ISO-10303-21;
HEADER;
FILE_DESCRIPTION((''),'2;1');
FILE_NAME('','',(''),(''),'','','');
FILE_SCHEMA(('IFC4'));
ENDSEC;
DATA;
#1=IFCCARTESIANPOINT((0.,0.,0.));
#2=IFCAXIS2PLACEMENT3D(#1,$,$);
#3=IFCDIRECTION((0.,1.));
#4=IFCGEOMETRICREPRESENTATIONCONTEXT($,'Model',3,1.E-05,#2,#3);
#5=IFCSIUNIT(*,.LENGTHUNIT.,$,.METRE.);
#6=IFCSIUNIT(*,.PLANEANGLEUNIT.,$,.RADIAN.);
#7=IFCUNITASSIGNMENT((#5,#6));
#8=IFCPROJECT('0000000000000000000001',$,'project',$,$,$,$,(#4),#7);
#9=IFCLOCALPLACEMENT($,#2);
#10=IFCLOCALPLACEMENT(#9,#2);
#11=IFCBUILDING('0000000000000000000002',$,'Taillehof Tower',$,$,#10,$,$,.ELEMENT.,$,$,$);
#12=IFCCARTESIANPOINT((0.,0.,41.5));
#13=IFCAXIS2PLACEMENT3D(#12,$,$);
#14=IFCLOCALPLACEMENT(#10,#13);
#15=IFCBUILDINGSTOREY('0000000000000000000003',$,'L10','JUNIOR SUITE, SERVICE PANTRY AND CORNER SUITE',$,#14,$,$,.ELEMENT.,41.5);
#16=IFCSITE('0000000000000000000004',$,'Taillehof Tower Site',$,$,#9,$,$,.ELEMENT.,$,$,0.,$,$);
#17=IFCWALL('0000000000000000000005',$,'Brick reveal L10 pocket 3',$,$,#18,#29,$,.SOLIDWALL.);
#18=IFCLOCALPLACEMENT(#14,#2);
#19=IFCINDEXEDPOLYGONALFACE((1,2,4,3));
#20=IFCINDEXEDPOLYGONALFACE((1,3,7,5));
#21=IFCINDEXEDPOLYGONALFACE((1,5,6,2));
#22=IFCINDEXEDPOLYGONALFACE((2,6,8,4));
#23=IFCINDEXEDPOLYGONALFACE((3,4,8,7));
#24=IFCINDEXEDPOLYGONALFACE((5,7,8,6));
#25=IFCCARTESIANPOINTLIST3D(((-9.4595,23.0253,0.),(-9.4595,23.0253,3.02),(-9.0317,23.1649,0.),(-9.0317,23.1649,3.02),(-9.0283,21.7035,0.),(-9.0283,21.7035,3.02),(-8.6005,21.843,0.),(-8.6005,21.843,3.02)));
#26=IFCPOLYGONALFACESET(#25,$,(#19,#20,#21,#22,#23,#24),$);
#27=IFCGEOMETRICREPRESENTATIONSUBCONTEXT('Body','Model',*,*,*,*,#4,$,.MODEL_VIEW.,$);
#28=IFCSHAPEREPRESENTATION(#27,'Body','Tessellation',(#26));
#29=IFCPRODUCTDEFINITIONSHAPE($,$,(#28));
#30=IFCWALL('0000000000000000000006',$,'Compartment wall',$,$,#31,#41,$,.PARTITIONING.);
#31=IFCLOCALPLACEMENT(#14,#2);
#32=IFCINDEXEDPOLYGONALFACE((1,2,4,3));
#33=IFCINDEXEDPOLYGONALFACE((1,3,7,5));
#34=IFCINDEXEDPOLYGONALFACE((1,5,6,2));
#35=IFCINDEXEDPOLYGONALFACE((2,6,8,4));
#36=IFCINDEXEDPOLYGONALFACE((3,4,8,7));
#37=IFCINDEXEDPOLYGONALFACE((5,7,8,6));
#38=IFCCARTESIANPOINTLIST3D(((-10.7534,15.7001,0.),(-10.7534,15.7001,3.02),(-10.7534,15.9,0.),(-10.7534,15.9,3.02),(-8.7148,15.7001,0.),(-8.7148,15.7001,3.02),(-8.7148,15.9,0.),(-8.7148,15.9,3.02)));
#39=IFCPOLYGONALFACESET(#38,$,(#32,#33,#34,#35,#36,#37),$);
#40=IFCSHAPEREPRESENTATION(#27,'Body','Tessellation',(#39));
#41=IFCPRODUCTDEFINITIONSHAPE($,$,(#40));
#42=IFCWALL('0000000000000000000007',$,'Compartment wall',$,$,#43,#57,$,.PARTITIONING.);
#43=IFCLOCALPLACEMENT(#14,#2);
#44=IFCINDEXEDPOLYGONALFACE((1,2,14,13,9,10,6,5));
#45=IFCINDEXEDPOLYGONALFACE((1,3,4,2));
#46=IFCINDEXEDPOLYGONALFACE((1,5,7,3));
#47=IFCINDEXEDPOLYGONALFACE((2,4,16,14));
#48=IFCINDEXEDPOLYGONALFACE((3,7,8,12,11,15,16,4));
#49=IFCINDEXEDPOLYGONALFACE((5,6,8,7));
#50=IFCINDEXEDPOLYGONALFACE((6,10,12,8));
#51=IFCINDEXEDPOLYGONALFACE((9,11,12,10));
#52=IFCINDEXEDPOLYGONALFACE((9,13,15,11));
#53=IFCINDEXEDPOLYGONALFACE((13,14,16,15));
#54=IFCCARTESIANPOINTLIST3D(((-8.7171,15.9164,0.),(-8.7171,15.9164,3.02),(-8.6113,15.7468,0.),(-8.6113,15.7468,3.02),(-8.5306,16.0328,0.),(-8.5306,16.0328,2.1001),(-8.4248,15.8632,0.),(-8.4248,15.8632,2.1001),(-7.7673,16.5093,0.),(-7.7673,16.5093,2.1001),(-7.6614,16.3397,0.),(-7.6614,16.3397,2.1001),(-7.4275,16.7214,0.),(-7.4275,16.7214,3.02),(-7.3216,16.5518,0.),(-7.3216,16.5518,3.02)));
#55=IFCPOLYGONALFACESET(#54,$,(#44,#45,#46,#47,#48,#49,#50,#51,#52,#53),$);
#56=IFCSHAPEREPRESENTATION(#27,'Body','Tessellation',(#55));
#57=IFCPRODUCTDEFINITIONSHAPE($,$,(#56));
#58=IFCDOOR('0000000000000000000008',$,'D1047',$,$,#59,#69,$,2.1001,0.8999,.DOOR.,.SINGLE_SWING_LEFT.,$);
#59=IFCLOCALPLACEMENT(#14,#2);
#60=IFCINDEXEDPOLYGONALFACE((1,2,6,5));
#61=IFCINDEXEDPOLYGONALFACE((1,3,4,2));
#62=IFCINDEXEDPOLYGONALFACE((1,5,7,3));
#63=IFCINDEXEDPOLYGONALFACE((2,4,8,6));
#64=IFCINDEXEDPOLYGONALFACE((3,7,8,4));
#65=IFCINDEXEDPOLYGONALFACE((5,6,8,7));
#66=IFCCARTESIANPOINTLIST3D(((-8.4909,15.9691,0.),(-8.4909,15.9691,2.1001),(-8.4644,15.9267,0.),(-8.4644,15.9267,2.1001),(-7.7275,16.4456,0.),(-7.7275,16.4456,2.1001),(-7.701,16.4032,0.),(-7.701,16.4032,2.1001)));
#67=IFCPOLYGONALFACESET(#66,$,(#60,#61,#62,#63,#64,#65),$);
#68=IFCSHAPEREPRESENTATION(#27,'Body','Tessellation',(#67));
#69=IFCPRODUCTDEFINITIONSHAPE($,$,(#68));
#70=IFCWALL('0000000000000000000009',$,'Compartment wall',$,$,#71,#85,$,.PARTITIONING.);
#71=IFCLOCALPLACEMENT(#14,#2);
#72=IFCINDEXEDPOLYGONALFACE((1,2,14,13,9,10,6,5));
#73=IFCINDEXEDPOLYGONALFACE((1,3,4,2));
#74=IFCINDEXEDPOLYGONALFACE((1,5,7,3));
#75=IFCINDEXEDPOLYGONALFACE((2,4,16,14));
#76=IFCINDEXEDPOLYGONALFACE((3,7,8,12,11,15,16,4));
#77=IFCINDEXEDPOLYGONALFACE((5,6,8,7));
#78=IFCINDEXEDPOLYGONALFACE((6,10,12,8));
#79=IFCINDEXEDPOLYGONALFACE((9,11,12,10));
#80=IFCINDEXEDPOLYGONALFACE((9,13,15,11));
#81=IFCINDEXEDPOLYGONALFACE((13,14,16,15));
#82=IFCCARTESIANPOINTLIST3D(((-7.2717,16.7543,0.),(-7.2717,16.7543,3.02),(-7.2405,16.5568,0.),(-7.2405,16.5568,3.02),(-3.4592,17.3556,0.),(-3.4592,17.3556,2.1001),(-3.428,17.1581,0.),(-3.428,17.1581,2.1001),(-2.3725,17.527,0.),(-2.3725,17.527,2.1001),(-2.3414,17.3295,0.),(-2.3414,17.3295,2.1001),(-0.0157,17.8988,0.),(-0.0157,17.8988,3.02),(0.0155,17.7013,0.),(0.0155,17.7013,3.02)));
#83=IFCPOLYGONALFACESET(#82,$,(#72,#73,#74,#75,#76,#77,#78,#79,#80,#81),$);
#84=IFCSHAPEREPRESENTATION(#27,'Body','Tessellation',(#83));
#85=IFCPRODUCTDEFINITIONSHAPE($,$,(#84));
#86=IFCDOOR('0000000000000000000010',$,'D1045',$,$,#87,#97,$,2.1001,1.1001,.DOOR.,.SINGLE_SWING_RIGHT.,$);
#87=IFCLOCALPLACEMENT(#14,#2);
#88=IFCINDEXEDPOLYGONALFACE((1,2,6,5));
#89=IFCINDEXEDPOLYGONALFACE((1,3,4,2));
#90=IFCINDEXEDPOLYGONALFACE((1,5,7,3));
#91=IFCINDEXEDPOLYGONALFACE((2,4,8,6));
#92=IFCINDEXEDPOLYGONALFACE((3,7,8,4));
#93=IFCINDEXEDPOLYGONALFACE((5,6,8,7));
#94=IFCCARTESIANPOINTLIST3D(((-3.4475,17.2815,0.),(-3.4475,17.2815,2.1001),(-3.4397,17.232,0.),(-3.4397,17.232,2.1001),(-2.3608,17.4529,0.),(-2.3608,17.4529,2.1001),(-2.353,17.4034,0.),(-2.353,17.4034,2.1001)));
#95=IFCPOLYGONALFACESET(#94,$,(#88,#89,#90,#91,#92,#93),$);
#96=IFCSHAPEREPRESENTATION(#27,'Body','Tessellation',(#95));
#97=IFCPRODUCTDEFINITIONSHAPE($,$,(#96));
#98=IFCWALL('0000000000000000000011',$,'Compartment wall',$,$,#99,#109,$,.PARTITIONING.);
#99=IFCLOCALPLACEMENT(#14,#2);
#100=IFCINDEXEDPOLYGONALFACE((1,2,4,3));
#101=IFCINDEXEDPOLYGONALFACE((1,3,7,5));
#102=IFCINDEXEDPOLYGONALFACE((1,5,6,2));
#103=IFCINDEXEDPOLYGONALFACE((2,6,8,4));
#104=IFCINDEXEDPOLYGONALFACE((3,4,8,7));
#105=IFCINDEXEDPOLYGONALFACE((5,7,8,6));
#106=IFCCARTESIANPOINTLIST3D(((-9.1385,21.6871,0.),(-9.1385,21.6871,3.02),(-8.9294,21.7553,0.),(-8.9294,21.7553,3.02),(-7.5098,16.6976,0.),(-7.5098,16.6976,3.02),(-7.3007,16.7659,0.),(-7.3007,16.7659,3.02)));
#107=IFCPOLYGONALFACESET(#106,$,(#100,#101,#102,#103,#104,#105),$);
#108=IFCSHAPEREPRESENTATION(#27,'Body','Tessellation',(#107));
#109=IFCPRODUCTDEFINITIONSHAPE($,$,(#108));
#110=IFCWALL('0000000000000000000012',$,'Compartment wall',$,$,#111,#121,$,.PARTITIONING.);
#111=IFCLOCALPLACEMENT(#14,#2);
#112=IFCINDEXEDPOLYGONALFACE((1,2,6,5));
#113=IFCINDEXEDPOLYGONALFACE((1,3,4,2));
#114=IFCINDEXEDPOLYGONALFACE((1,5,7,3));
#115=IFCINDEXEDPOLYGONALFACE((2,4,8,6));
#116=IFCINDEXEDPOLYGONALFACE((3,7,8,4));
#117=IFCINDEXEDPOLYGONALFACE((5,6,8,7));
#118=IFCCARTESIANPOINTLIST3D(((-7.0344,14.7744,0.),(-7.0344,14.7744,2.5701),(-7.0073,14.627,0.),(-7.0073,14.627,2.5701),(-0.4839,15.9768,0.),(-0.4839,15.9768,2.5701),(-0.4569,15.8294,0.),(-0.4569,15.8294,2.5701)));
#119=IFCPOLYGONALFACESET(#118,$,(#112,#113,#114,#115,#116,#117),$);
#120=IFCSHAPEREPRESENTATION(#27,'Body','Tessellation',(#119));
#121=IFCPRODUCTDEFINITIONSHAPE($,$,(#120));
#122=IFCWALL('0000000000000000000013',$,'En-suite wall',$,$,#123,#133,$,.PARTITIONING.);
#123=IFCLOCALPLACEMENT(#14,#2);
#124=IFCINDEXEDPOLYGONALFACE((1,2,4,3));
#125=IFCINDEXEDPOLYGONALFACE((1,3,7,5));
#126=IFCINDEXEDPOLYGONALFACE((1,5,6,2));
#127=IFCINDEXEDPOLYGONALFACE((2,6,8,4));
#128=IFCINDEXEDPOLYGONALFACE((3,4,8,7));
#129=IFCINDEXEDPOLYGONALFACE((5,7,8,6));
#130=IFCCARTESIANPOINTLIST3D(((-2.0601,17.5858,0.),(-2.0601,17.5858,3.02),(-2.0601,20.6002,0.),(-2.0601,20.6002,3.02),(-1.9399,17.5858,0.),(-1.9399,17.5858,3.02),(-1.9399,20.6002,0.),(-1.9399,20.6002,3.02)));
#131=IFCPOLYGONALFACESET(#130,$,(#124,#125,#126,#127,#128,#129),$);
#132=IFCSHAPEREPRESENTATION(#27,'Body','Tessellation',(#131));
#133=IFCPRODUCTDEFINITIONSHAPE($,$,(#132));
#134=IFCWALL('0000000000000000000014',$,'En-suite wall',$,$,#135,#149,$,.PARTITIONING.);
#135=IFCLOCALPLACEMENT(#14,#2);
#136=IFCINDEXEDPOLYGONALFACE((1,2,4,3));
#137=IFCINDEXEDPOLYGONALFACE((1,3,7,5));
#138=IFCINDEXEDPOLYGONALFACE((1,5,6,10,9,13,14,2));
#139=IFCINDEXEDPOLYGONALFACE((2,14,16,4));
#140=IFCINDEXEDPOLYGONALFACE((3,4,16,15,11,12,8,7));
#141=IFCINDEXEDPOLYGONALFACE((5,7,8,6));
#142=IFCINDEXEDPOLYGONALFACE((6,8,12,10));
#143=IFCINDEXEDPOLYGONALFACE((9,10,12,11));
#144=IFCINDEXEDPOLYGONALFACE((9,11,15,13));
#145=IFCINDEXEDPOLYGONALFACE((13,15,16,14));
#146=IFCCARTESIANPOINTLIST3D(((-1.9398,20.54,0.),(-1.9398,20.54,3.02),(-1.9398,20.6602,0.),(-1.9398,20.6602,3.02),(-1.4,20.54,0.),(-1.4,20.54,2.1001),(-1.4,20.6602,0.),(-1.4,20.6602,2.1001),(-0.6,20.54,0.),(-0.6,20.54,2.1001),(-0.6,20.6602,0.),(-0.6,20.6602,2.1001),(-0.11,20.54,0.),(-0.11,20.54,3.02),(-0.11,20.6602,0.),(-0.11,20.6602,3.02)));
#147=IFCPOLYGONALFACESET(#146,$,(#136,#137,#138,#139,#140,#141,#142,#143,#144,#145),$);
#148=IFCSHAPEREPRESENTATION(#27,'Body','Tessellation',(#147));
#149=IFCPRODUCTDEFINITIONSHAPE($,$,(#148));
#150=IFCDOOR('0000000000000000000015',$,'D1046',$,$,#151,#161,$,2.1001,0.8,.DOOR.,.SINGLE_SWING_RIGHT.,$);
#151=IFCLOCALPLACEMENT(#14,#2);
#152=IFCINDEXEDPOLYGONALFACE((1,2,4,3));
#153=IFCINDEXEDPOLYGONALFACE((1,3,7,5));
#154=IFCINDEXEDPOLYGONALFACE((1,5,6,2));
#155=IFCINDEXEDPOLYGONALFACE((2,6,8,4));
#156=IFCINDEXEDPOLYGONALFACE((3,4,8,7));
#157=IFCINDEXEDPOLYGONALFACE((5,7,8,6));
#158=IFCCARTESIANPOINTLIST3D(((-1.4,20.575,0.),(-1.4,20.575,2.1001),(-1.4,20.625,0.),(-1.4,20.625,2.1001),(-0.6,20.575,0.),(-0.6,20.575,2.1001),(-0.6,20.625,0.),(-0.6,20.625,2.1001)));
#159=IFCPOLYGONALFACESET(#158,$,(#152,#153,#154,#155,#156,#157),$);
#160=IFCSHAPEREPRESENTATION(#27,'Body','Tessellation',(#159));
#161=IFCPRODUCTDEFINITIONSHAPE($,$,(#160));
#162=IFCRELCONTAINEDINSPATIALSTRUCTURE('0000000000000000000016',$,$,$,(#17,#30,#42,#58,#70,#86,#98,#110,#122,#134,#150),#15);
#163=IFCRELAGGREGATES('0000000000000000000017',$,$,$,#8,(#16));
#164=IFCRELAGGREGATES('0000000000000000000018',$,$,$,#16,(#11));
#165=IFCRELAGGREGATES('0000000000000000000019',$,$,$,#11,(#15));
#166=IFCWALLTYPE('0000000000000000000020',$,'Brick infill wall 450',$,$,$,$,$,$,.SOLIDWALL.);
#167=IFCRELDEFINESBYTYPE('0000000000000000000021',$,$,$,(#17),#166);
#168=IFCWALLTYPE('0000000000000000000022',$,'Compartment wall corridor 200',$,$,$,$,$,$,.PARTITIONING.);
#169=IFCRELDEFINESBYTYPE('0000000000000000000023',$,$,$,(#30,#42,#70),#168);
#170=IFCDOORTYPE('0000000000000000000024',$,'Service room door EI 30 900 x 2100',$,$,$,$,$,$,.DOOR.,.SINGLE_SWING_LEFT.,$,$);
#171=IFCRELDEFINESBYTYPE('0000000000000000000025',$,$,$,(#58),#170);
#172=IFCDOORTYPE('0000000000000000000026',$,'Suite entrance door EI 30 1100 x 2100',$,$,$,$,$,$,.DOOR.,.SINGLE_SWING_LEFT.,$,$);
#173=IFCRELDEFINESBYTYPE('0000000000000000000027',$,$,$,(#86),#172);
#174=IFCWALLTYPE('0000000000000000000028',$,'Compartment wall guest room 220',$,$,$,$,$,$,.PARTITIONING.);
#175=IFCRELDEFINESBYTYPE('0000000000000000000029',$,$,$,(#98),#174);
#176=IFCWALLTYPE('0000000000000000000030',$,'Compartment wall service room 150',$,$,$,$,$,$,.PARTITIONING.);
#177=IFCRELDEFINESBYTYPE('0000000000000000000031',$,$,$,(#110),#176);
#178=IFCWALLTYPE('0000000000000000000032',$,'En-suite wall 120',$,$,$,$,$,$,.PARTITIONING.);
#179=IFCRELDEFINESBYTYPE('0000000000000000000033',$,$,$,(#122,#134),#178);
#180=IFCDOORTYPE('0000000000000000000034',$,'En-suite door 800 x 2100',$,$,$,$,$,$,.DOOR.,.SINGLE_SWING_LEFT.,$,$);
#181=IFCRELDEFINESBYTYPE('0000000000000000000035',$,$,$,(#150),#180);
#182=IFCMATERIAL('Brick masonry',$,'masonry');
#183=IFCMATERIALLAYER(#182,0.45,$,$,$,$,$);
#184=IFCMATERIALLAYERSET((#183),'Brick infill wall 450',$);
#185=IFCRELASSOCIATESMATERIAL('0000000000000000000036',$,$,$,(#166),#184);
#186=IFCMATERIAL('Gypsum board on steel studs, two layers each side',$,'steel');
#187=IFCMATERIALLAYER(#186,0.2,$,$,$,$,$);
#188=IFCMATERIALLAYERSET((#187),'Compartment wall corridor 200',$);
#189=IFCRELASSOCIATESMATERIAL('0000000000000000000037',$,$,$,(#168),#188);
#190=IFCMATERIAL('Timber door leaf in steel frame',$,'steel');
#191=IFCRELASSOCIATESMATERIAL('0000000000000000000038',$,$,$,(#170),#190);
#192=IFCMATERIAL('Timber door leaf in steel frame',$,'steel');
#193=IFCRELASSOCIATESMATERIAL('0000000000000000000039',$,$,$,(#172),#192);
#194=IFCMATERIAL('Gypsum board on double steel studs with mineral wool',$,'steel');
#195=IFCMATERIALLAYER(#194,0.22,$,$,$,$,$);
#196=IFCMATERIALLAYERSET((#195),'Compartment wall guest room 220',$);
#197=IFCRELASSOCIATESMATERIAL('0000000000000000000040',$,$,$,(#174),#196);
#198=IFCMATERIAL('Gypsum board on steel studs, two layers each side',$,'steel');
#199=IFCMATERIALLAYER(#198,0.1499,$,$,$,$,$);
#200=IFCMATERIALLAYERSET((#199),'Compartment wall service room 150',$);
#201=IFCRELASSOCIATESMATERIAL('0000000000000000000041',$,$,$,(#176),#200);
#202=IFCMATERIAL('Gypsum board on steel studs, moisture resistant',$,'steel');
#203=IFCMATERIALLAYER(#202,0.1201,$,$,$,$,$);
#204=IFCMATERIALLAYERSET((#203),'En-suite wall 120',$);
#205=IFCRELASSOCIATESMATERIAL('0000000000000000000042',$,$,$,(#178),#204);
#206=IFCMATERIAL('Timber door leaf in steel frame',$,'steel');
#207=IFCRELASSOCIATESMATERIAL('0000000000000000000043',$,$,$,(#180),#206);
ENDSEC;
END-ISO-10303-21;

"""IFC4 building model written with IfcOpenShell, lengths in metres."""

from ifc_helpers import new_model, si_unit, direction, frame, frame_2d, origin, place, context, subcontext, project, spatial, rectangle, extrude, material, layer, layer_set, type_object, element, fill, save


model = new_model("IFC4")

# Units and contexts
model_context = context("Model", 3, precision=1e-05, world=origin(), true_north=direction((0.0, 1.0)))
body_context = subcontext(model_context, "Body", "Model", "MODEL_VIEW")
ifc_project = project(units=[si_unit("LENGTHUNIT", "METRE"), si_unit("PLANEANGLEUNIT", "RADIAN")], contexts=[model_context])

# Site, building, storey
site_placement = place(None, origin())
site = spatial("IfcSite", under=ifc_project, at=site_placement, Name="Taillehof Tower Site", CompositionType="ELEMENT", RefElevation=0.0)
building_placement = place(site_placement, origin())
building = spatial("IfcBuilding", under=site, at=building_placement, Name="Taillehof Tower", CompositionType="ELEMENT")
storey_placement = place(building_placement, frame((0.0, 0.0, 41.5)))
storey = spatial("IfcBuildingStorey", under=building, at=storey_placement, Name="L10", Description="JUNIOR SUITE, SERVICE PANTRY AND CORNER SUITE", CompositionType="ELEMENT", Elevation=41.5)

# Shared definitions
ifc_material_1 = material(Name="Brick masonry", Category="masonry")
ifc_layer_1 = layer(ifc_material_1, 0.45)
ifc_layer_set_1 = layer_set([ifc_layer_1], Name="Brick infill wall 450")
wall_type_1 = type_object("IfcWallType", Name="Brick infill wall 450", PredefinedType="SOLIDWALL", material=ifc_layer_set_1)

# Wall
wall_1_placement = place(storey_placement, frame((-9.2456, 23.0952, 0.0), z_axis=(0.0, 0.0, 1.0), x_axis=(0.31011, -0.950701, 0.0)))
element("IfcWall", 1, at=wall_1_placement, inside=storey, type_object=wall_type_1, Name="Brick reveal L10 pocket 3", PredefinedType="SOLIDWALL", context=body_context, shape_type="SweptSolid", body=[
    extrude(rectangle(XDim=1.3904, YDim=0.45, at=frame_2d((0.6953, 0.0))), origin(), (0.0, 0.0, 1.0), 3.02),
])

# Wall
ifc_material_2 = material(Name="Gypsum board on steel studs, two layers each side", Category="steel")
ifc_layer_2 = layer(ifc_material_2, 0.2)
ifc_layer_set_2 = layer_set([ifc_layer_2], Name="Compartment wall corridor 200")
wall_type_2 = type_object("IfcWallType", Name="Compartment wall corridor 200", PredefinedType="PARTITIONING", material=ifc_layer_set_2)
wall_2_placement = place(storey_placement, frame((-10.7534, 15.8, 0.0), z_axis=(0.0, 0.0, 1.0), x_axis=(1.0, 0.0, 0.0)))
element("IfcWall", 2, at=wall_2_placement, inside=storey, type_object=wall_type_2, Name="Compartment wall", PredefinedType="PARTITIONING", context=body_context, shape_type="SweptSolid", body=[
    extrude(rectangle(XDim=2.0386, YDim=0.2, at=frame_2d((1.0193, 0.0))), origin(), (0.0, 0.0, 1.0), 3.02),
])

# Walls, openings, doors
wall_3_placement = place(storey_placement, frame((-8.6643, 15.8315, 0.0), z_axis=(0.0, 0.0, 1.0), x_axis=(0.848305, 0.529508, 0.0)))
wall_3 = element("IfcWall", 3, at=wall_3_placement, inside=storey, type_object=wall_type_2, Name="Compartment wall", PredefinedType="PARTITIONING", context=body_context, shape_type="SweptSolid", body=[
    extrude(rectangle(XDim=1.5203, YDim=0.2, at=frame_2d((0.7603, 0.0))), origin(), (0.0, 0.0, 1.0), 3.02),
])
opening_1_placement = place(wall_3_placement, frame((0.22, 0.0, 0.0)))
opening_1 = element("IfcOpeningElement", 4, at=opening_1_placement, cuts=wall_3, PredefinedType="OPENING", context=body_context, shape_type="SweptSolid", body=[
    extrude(rectangle(XDim=0.8999, YDim=2.1001, at=frame_2d((0.45, 1.05))), frame((0.0, 0.1099, 0.0), z_axis=(0.0, -1.0, 0.0), x_axis=(1.0, 0.0, 0.0)), (0.0, 0.0, 1.0), 0.22),
])
ifc_material_3 = material(Name="Timber door leaf in steel frame", Category="steel")
door_type_1 = type_object("IfcDoorType", Name="Service room door EI 30 900 x 2100", OperationType="SINGLE_SWING_LEFT", PredefinedType="DOOR", material=ifc_material_3)
door_1_placement = place(opening_1_placement, origin())
door_1 = element("IfcDoor", 5, at=door_1_placement, inside=storey, type_object=door_type_1, Name="D1047", OperationType="SINGLE_SWING_LEFT", OverallHeight=2.1001, OverallWidth=0.8999, PredefinedType="DOOR", context=body_context, shape_type="SweptSolid", body=[
    extrude(rectangle(XDim=0.8999, YDim=2.1001, at=frame_2d((0.45, 1.05))), frame((0.0, 0.0249, 0.0), z_axis=(0.0, -1.0, 0.0), x_axis=(1.0, 0.0, 0.0)), (0.0, 0.0, 1.0), 0.05),
])
fill(opening_1, door_1)
wall_4_placement = place(storey_placement, frame((-7.2561, 16.6555, 0.0), z_axis=(0.0, 0.0, 1.0), x_axis=(0.987787, 0.155807, 0.0)))
wall_4 = element("IfcWall", 6, at=wall_4_placement, inside=storey, type_object=wall_type_2, Name="Compartment wall", PredefinedType="PARTITIONING", context=body_context, shape_type="SweptSolid", body=[
    extrude(rectangle(XDim=7.3457, YDim=0.2, at=frame_2d((3.6729, 0.0))), origin(), (0.0, 0.0, 1.0), 3.02),
])
opening_2_placement = place(wall_4_placement, frame((3.8596, 0.0, 0.0)))
opening_2 = element("IfcOpeningElement", 7, at=opening_2_placement, cuts=wall_4, PredefinedType="OPENING", context=body_context, shape_type="SweptSolid", body=[
    extrude(rectangle(XDim=1.1001, YDim=2.1001, at=frame_2d((0.55, 1.05))), frame((0.0, 0.1099, 0.0), z_axis=(0.0, -1.0, 0.0), x_axis=(1.0, 0.0, 0.0)), (0.0, 0.0, 1.0), 0.22),
])
ifc_material_4 = material(Name="Timber door leaf in steel frame", Category="steel")
door_type_2 = type_object("IfcDoorType", Name="Suite entrance door EI 30 1100 x 2100", OperationType="SINGLE_SWING_LEFT", PredefinedType="DOOR", material=ifc_material_4)
door_2_placement = place(opening_2_placement, origin())
door_2 = element("IfcDoor", 8, at=door_2_placement, inside=storey, type_object=door_type_2, Name="D1045", OperationType="SINGLE_SWING_RIGHT", OverallHeight=2.1001, OverallWidth=1.1001, PredefinedType="DOOR", context=body_context, shape_type="SweptSolid", body=[
    extrude(rectangle(XDim=1.1001, YDim=2.1001, at=frame_2d((0.55, 1.05))), frame((0.0, 0.0249, 0.0), z_axis=(0.0, -1.0, 0.0), x_axis=(1.0, 0.0, 0.0)), (0.0, 0.0, 1.0), 0.05),
])
fill(opening_2, door_2)

# Walls
ifc_material_5 = material(Name="Gypsum board on double steel studs with mineral wool", Category="steel")
ifc_layer_3 = layer(ifc_material_5, 0.22)
ifc_layer_set_3 = layer_set([ifc_layer_3], Name="Compartment wall guest room 220")
wall_type_3 = type_object("IfcWallType", Name="Compartment wall guest room 220", PredefinedType="PARTITIONING", material=ifc_layer_set_3)
wall_5_placement = place(storey_placement, frame((-9.0339, 21.7212, 0.0), z_axis=(0.0, 0.0, 1.0), x_axis=(0.310305, -0.950637, 0.0)))
element("IfcWall", 9, at=wall_5_placement, inside=storey, type_object=wall_type_3, Name="Compartment wall", PredefinedType="PARTITIONING", context=body_context, shape_type="SweptSolid", body=[
    extrude(rectangle(XDim=5.2485, YDim=0.22, at=frame_2d((2.6243, 0.0))), origin(), (0.0, 0.0, 1.0), 3.02),
])
ifc_material_6 = material(Name="Gypsum board on steel studs, two layers each side", Category="steel")
ifc_layer_4 = layer(ifc_material_6, 0.1499)
ifc_layer_set_4 = layer_set([ifc_layer_4], Name="Compartment wall service room 150")
wall_type_4 = type_object("IfcWallType", Name="Compartment wall service room 150", PredefinedType="PARTITIONING", material=ifc_layer_set_4)
wall_6_placement = place(storey_placement, frame((-7.021, 14.7007, 0.0), z_axis=(0.0, 0.0, 1.0), x_axis=(0.983568, 0.18054, 0.0)))
element("IfcWall", 10, at=wall_6_placement, inside=storey, type_object=wall_type_4, Name="Compartment wall", PredefinedType="PARTITIONING", context=body_context, shape_type="SweptSolid", body=[
    extrude(rectangle(XDim=6.6599, YDim=0.1499, at=frame_2d((3.3301, 0.0))), origin(), (0.0, 0.0, 1.0), 2.5701),
])
ifc_material_7 = material(Name="Gypsum board on steel studs, moisture resistant", Category="steel")
ifc_layer_5 = layer(ifc_material_7, 0.1201)
ifc_layer_set_5 = layer_set([ifc_layer_5], Name="En-suite wall 120")
wall_type_5 = type_object("IfcWallType", Name="En-suite wall 120", PredefinedType="PARTITIONING", material=ifc_layer_set_5)
wall_7_placement = place(storey_placement, frame((-2.0, 17.5857, 0.0), z_axis=(0.0, 0.0, 1.0), x_axis=(0.0, 1.0, 0.0)))
element("IfcWall", 11, at=wall_7_placement, inside=storey, type_object=wall_type_5, Name="En-suite wall", PredefinedType="PARTITIONING", context=body_context, shape_type="SweptSolid", body=[
    extrude(rectangle(XDim=3.0144, YDim=0.1201, at=frame_2d((1.5073, 0.0))), origin(), (0.0, 0.0, 1.0), 3.02),
])

# Wall, opening, door
wall_8_placement = place(storey_placement, frame((-1.9399, 20.6001, 0.0), z_axis=(0.0, 0.0, 1.0), x_axis=(1.0, 0.0, 0.0)))
wall_8 = element("IfcWall", 12, at=wall_8_placement, inside=storey, type_object=wall_type_5, Name="En-suite wall", PredefinedType="PARTITIONING", context=body_context, shape_type="SweptSolid", body=[
    extrude(rectangle(XDim=1.8298, YDim=0.1201, at=frame_2d((0.915, 0.0))), origin(), (0.0, 0.0, 1.0), 3.02),
])
opening_3_placement = place(wall_8_placement, frame((0.54, 0.0, 0.0)))
opening_3 = element("IfcOpeningElement", 13, at=opening_3_placement, cuts=wall_8, PredefinedType="OPENING", context=body_context, shape_type="SweptSolid", body=[
    extrude(rectangle(XDim=0.8, YDim=2.1001, at=frame_2d((0.3999, 1.05))), frame((0.0, 0.0701, 0.0), z_axis=(0.0, -1.0, 0.0), x_axis=(1.0, 0.0, 0.0)), (0.0, 0.0, 1.0), 0.1401),
])
ifc_material_8 = material(Name="Timber door leaf in steel frame", Category="steel")
door_type_3 = type_object("IfcDoorType", Name="En-suite door 800 x 2100", OperationType="SINGLE_SWING_LEFT", PredefinedType="DOOR", material=ifc_material_8)
door_3_placement = place(opening_3_placement, origin())
door_3 = element("IfcDoor", 14, at=door_3_placement, inside=storey, type_object=door_type_3, Name="D1046", OperationType="SINGLE_SWING_RIGHT", OverallHeight=2.1001, OverallWidth=0.8, PredefinedType="DOOR", context=body_context, shape_type="SweptSolid", body=[
    extrude(rectangle(XDim=0.8, YDim=2.1001, at=frame_2d((0.3999, 1.05))), frame((0.0, 0.0249, 0.0), z_axis=(0.0, -1.0, 0.0), x_axis=(1.0, 0.0, 0.0)), (0.0, 0.0, 1.0), 0.05),
])
fill(opening_3, door_3)

save(model, "model.ifc")
